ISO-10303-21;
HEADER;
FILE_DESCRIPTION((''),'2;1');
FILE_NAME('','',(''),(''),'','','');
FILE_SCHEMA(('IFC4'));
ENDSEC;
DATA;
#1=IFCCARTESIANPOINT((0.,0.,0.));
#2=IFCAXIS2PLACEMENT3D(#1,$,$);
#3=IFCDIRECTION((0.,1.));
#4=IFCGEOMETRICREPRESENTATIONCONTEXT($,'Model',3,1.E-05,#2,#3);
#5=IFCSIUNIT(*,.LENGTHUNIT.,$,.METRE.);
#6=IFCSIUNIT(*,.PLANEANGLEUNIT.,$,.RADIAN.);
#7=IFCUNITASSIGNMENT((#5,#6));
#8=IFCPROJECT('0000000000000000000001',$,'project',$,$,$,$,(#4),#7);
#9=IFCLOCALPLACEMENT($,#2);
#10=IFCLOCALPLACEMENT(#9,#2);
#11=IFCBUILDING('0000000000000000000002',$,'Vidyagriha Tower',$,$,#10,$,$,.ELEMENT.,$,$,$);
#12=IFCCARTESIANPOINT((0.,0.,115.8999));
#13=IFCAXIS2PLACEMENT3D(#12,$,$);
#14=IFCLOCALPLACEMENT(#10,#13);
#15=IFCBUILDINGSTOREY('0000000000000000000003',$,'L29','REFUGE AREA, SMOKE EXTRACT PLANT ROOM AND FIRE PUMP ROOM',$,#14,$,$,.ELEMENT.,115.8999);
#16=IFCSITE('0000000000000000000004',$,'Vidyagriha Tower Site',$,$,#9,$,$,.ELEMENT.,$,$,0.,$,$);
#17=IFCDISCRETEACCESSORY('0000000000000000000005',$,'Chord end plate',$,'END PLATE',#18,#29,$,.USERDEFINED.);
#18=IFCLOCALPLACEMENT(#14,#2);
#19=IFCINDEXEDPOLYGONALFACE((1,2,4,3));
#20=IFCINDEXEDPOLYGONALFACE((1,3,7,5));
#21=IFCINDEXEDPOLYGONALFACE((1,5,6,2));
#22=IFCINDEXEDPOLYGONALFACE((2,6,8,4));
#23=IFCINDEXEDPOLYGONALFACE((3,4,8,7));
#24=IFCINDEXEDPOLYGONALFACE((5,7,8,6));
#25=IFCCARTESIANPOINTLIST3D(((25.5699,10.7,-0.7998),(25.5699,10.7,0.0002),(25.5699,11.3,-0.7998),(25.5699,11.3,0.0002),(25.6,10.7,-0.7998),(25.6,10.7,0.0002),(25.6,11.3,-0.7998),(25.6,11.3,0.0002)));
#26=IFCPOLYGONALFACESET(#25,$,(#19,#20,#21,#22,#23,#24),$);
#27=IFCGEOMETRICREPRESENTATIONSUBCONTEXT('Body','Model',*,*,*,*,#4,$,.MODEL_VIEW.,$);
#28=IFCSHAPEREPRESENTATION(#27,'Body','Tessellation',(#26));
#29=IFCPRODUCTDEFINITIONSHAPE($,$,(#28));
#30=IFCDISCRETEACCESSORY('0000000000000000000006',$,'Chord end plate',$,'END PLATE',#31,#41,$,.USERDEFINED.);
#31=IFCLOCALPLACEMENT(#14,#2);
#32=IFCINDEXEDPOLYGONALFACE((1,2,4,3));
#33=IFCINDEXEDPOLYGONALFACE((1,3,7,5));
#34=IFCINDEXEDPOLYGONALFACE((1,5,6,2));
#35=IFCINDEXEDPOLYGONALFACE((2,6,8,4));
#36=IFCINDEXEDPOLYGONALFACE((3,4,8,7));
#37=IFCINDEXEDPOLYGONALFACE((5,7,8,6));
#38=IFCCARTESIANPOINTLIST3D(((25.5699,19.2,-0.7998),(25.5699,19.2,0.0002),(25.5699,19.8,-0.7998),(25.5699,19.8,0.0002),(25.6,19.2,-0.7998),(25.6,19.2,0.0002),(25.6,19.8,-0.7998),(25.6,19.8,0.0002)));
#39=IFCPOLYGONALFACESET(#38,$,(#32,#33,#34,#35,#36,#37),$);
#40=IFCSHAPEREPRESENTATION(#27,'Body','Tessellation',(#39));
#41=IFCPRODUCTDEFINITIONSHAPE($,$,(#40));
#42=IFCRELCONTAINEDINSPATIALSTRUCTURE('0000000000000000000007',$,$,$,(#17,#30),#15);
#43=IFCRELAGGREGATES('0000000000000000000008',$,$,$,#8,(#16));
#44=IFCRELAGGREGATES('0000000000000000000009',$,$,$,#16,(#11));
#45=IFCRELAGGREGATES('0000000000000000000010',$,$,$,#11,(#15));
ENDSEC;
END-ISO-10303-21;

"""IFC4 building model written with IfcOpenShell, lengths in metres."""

from ifc_helpers import new_model, si_unit, direction, frame, origin, origin_2d, place, context, subcontext, project, spatial, rectangle, extrude, element, save


model = new_model("IFC4")

# Units and contexts
model_context = context("Model", 3, precision=1e-05, world=origin(), true_north=direction((0.0, 1.0)))
body_context = subcontext(model_context, "Body", "Model", "MODEL_VIEW")
ifc_project = project(units=[si_unit("LENGTHUNIT", "METRE"), si_unit("PLANEANGLEUNIT", "RADIAN")], contexts=[model_context])

# Site, building, storey
site_placement = place(None, origin())
site = spatial("IfcSite", under=ifc_project, at=site_placement, Name="Vidyagriha Tower Site", CompositionType="ELEMENT", RefElevation=0.0)
building_placement = place(site_placement, origin())
building = spatial("IfcBuilding", under=site, at=building_placement, Name="Vidyagriha Tower", CompositionType="ELEMENT")
storey_placement = place(building_placement, frame((0.0, 0.0, 115.8999)))
storey = spatial("IfcBuildingStorey", under=building, at=storey_placement, Name="L29", Description="REFUGE AREA, SMOKE EXTRACT PLANT ROOM AND FIRE PUMP ROOM", CompositionType="ELEMENT", Elevation=115.8999)

# Discrete accessories
for number, where, z_axis, x_axis, name in (
    (1, (25.585, 11.0, -0.7998), (0.0, 0.0, 1.0), (-1.0, 0.0, 0.0), "Chord end plate"),
    (2, (25.585, 19.5, -0.7998), (0.0, 0.0, 1.0), (-1.0, 0.0, 0.0), "Chord end plate"),
):
    element("IfcDiscreteAccessory", number, at=place(storey_placement, frame(where, z_axis=z_axis, x_axis=x_axis)), inside=storey, Name=name, ObjectType="END PLATE", PredefinedType="USERDEFINED", context=body_context, shape_type="SweptSolid", body=[
        extrude(rectangle(XDim=0.03, YDim=0.6001, at=origin_2d()), origin(), (0.0, 0.0, 1.0), 0.8),
    ])

save(model, "model.ifc")
